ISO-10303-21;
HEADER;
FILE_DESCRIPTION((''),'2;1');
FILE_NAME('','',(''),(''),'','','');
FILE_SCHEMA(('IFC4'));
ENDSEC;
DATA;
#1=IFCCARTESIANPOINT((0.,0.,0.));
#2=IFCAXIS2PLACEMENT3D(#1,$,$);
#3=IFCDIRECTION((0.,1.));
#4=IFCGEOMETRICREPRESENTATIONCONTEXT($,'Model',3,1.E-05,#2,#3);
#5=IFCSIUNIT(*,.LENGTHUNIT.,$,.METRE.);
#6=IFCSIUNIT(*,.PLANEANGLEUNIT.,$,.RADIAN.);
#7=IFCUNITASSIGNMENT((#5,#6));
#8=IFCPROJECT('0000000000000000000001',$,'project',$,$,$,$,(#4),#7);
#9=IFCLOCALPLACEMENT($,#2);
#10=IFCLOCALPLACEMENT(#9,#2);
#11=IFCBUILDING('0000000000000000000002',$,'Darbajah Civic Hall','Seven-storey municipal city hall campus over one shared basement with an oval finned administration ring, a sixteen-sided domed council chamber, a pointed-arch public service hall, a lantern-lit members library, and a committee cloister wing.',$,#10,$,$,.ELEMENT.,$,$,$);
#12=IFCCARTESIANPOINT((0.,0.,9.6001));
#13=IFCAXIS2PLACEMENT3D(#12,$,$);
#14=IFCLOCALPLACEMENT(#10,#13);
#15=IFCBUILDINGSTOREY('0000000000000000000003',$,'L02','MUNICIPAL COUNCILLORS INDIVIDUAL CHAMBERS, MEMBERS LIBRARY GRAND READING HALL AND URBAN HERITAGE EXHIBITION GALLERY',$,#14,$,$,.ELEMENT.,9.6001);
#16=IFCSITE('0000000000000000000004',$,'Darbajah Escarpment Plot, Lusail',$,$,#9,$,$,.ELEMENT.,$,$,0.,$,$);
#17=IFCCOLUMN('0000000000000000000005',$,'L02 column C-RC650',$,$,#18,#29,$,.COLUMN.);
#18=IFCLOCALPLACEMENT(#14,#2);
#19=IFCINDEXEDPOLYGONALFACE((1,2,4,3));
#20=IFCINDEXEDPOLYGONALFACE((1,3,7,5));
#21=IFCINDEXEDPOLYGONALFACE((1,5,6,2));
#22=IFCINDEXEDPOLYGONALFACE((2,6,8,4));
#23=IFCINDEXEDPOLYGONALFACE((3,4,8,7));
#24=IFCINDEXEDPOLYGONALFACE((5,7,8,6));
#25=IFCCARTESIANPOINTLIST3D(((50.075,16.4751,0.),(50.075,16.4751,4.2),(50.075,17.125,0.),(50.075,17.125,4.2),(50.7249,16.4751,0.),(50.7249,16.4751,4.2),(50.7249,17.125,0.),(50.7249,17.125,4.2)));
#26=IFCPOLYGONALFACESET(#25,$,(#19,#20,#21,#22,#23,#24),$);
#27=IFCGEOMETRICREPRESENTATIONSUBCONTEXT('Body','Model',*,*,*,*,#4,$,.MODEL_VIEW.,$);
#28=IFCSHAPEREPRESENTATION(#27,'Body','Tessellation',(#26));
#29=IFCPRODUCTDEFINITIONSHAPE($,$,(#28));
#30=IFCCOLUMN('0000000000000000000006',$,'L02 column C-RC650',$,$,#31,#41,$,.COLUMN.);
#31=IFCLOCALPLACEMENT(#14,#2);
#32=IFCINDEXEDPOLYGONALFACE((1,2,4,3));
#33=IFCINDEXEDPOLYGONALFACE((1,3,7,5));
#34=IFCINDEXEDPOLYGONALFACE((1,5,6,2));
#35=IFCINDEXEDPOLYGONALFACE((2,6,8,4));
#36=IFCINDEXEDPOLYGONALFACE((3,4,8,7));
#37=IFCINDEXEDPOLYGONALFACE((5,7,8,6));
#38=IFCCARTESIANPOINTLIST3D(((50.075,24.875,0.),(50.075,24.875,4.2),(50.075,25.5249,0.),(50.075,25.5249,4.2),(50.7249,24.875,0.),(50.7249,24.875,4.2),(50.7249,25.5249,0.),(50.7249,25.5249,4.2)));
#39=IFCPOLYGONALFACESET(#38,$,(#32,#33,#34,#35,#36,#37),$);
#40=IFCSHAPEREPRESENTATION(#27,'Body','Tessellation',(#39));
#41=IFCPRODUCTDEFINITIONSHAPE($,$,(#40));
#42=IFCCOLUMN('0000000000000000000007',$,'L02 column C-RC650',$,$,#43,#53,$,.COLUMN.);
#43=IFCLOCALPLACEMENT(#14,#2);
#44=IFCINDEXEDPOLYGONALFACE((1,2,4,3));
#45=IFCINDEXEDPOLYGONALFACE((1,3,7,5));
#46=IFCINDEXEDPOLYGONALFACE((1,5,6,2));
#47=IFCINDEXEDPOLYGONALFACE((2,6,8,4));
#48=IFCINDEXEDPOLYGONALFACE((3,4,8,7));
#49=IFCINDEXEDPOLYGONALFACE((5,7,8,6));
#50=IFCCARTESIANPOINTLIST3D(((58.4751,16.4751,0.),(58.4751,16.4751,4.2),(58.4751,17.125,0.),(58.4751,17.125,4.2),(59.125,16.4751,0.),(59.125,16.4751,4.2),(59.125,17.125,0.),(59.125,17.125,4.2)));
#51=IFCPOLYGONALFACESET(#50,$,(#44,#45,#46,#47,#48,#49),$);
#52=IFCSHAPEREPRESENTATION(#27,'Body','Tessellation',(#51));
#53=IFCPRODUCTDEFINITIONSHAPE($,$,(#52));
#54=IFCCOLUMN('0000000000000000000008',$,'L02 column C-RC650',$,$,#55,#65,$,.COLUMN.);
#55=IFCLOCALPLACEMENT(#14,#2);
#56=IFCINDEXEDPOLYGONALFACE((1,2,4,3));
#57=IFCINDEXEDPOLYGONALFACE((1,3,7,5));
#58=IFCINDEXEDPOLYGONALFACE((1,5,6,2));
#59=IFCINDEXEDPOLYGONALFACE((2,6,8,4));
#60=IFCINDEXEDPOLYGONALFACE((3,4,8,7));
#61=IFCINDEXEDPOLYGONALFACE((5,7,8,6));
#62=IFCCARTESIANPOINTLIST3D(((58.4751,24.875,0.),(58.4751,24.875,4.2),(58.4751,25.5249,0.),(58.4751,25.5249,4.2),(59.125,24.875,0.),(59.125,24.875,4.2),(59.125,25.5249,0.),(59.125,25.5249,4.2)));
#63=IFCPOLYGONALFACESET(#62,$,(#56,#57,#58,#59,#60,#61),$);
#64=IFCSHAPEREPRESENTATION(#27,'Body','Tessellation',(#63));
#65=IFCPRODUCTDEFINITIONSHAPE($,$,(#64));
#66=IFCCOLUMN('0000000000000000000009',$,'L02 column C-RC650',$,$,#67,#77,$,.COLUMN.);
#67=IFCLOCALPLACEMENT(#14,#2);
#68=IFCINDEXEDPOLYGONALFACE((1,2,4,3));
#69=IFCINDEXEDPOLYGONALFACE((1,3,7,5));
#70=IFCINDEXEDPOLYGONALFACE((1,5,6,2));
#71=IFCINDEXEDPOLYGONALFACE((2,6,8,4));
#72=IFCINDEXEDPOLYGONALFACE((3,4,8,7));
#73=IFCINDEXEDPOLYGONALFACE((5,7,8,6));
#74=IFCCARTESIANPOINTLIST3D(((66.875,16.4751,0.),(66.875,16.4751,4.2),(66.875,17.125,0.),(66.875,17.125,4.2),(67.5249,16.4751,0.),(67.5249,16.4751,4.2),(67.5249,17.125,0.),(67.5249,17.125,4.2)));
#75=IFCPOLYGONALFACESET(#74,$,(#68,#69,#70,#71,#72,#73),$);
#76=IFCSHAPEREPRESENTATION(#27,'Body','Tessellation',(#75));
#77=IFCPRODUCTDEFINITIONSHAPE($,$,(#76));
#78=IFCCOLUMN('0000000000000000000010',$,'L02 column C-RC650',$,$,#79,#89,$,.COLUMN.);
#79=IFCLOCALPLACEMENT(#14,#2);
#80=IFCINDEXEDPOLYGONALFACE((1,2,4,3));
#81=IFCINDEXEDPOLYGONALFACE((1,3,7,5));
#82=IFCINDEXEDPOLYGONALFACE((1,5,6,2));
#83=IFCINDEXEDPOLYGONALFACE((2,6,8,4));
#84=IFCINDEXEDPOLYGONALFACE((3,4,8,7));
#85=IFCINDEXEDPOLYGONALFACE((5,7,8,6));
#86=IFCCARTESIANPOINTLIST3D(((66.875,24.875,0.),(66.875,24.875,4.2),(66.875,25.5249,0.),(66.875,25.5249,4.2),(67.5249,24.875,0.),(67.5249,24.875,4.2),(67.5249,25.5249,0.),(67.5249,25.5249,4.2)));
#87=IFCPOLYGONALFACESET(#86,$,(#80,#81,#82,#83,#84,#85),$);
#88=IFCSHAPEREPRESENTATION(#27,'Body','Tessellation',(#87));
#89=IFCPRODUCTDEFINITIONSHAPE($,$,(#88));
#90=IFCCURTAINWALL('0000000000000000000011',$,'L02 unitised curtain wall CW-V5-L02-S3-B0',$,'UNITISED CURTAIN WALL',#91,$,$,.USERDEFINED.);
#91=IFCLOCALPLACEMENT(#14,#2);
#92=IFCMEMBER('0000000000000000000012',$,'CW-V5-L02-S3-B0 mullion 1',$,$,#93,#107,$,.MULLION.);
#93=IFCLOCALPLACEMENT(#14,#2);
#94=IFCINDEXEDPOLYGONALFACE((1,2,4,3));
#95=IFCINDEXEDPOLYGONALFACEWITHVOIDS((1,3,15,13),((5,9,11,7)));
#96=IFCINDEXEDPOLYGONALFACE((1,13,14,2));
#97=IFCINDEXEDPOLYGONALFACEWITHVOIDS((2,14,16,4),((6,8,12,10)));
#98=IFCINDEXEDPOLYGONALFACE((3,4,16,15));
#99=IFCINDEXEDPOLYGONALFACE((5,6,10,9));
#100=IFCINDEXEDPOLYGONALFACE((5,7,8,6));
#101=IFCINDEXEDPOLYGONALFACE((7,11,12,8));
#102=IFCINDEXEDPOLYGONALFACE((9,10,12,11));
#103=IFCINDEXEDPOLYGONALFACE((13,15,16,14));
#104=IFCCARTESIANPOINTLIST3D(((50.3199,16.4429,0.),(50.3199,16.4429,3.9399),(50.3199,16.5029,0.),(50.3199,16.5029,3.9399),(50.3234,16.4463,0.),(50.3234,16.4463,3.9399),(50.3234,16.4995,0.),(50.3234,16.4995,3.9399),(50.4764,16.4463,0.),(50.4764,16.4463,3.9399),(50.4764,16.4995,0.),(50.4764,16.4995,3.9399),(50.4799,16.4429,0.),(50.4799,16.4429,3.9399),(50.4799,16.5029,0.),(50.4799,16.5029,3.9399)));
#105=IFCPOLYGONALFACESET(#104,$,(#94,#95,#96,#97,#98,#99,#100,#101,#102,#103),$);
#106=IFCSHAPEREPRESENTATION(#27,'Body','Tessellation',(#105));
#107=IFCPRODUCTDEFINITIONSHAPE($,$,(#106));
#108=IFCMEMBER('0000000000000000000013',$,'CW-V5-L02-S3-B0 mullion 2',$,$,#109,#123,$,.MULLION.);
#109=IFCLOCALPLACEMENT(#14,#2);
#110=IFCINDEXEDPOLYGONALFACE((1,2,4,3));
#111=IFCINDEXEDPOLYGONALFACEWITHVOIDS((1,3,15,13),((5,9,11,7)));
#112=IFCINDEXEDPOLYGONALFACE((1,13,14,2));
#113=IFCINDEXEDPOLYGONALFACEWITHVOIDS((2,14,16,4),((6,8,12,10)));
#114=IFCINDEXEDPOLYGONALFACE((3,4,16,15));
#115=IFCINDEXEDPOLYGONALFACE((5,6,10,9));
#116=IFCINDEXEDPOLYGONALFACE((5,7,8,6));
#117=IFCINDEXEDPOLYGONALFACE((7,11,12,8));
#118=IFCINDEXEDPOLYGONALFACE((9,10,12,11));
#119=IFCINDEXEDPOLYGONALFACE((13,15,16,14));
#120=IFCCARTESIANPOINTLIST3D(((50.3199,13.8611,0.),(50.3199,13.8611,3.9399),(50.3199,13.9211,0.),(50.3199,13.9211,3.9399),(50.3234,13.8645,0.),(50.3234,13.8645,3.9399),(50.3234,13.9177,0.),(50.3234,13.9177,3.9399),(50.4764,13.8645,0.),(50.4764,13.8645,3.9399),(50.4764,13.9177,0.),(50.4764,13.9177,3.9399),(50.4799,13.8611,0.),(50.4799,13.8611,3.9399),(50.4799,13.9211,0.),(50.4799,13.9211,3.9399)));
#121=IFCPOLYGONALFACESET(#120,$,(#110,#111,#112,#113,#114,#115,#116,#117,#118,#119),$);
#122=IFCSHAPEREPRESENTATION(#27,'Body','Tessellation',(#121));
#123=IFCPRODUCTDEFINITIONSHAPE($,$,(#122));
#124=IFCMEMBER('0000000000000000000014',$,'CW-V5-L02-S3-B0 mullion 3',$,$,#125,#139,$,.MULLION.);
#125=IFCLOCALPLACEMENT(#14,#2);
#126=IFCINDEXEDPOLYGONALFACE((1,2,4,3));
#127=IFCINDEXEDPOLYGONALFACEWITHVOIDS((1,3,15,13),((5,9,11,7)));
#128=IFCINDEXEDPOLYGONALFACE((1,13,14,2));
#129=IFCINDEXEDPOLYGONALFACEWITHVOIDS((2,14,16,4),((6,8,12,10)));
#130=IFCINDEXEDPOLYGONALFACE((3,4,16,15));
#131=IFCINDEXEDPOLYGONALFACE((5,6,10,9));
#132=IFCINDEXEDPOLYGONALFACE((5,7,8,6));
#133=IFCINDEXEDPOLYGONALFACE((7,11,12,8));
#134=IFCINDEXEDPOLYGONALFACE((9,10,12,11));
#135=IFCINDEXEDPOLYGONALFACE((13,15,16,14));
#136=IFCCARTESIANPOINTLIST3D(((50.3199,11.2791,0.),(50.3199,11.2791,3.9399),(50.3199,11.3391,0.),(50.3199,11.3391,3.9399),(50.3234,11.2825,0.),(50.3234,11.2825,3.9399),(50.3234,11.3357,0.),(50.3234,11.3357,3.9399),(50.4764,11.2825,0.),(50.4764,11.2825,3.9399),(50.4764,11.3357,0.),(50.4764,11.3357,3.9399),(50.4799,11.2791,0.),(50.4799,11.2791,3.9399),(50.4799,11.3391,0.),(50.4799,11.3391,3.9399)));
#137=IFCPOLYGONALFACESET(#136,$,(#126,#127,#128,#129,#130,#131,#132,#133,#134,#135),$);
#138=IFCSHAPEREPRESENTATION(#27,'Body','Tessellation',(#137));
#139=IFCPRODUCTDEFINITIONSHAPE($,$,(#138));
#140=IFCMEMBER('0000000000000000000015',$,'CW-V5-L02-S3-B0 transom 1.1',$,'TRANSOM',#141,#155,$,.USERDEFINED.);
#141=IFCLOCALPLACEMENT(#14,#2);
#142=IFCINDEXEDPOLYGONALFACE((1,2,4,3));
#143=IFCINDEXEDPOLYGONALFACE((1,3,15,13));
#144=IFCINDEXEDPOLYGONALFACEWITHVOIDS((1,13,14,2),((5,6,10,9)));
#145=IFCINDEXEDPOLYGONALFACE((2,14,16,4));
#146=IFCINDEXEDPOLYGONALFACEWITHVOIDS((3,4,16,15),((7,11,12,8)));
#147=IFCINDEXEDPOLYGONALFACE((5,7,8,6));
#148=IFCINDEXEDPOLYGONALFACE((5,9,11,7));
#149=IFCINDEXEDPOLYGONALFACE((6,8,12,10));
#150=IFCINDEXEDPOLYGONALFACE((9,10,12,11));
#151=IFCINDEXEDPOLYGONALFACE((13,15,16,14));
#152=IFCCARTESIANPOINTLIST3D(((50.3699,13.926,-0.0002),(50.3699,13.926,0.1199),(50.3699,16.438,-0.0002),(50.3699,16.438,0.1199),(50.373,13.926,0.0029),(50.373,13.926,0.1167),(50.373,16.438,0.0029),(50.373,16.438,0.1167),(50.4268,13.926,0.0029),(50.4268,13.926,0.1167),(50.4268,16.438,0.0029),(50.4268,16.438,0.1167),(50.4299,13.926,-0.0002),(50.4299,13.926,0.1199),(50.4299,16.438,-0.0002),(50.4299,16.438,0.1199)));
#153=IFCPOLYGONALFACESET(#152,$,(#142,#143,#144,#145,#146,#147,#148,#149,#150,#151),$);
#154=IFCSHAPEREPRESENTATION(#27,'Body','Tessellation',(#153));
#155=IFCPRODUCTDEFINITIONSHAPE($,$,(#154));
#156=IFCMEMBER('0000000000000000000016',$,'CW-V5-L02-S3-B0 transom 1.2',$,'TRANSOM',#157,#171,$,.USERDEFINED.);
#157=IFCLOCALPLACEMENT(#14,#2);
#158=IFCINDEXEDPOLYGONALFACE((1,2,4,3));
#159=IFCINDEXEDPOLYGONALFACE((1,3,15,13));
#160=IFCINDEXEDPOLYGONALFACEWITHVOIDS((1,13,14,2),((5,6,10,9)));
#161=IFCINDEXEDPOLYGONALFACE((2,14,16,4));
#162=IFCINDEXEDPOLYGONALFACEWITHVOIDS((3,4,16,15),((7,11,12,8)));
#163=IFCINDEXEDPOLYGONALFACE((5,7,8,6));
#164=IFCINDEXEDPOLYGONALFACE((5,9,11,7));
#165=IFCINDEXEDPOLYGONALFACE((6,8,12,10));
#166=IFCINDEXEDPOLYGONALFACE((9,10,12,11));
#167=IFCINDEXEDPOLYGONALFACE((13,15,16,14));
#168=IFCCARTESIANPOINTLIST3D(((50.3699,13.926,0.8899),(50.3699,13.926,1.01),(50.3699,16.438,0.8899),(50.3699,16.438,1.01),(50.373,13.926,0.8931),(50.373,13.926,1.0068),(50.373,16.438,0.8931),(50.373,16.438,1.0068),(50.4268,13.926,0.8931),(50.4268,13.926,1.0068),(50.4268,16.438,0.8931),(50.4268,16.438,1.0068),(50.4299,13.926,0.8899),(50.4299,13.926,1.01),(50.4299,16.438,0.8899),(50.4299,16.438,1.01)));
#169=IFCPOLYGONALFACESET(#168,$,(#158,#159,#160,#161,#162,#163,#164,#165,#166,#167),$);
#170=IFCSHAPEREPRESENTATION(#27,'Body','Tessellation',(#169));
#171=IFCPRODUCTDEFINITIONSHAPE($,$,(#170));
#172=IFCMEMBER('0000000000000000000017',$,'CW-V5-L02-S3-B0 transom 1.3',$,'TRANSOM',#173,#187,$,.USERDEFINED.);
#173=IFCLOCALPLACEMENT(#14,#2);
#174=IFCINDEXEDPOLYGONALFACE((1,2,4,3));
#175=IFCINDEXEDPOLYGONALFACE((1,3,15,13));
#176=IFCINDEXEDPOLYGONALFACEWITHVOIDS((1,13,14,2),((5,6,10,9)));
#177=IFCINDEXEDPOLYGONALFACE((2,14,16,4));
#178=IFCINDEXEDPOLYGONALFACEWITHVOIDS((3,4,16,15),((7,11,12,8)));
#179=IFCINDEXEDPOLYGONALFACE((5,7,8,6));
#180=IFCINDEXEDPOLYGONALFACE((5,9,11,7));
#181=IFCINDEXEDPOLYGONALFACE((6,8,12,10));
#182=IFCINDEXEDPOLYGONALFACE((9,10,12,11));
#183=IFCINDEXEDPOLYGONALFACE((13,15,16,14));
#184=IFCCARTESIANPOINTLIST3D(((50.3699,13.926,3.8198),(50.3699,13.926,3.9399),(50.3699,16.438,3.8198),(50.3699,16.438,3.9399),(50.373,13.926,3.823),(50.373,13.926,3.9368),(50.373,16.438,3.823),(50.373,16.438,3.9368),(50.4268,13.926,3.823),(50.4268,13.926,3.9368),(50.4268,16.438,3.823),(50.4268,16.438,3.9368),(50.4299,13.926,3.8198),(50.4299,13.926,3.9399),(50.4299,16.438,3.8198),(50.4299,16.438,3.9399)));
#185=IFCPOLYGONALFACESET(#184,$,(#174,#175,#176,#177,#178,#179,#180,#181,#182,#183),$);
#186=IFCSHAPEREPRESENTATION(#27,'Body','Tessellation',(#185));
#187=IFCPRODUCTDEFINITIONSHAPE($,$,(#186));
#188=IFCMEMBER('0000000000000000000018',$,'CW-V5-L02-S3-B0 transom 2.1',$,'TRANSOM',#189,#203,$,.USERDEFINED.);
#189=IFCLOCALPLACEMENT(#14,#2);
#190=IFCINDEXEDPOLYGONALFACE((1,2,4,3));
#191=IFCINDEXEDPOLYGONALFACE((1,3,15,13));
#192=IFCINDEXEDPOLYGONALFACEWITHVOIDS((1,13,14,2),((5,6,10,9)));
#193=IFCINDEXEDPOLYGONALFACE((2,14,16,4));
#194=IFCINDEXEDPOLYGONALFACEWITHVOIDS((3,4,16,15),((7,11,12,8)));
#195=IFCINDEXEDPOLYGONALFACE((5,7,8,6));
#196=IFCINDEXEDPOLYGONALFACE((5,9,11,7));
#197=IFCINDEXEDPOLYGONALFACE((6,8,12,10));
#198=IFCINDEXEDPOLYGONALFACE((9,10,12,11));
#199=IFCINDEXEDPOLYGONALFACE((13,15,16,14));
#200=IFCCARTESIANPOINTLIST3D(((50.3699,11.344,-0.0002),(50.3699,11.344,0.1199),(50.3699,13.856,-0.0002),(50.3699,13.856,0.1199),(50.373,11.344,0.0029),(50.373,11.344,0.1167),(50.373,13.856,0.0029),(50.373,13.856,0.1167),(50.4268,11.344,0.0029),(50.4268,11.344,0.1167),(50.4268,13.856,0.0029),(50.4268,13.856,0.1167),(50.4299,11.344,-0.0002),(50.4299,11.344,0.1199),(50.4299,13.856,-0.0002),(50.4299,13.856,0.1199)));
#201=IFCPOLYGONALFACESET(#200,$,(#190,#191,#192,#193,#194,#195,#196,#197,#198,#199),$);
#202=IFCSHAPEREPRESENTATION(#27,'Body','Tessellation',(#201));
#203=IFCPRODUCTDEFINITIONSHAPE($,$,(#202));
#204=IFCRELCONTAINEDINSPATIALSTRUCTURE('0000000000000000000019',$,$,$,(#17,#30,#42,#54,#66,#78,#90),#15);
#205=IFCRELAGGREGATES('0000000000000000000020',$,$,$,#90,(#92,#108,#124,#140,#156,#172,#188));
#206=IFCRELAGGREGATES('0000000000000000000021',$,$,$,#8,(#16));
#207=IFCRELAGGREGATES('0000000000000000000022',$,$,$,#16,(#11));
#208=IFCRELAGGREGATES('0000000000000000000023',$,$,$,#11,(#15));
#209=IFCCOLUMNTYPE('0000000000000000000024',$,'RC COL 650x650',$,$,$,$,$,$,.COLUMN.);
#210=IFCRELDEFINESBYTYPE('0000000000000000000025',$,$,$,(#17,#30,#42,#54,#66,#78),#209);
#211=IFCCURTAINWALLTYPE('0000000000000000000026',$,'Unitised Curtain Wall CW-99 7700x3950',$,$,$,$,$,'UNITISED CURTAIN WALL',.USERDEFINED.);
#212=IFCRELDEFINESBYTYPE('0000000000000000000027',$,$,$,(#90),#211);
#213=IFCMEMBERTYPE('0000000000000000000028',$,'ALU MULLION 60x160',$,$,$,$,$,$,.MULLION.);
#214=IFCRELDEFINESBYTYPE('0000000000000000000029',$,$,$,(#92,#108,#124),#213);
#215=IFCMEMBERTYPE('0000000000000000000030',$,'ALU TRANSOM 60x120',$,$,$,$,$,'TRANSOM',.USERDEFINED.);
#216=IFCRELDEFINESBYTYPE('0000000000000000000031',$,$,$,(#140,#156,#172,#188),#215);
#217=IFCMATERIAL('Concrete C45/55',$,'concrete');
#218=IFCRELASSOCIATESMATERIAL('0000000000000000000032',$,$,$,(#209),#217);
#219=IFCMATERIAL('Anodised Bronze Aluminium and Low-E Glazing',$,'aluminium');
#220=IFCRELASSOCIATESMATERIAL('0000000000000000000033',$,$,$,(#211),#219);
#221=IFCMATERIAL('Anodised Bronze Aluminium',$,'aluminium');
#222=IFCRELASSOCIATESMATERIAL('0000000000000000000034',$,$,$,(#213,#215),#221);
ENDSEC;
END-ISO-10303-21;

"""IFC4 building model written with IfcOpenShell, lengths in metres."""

from ifc_helpers import new_model, si_unit, direction, frame, origin, origin_2d, place, context, subcontext, project, spatial, rectangle, hollow_rectangle, extrude, material, material_profile, profile_set, type_object, element, aggregate, save


model = new_model("IFC4")

# Units and contexts
model_context = context("Model", 3, precision=1e-05, world=origin(), true_north=direction((0.0, 1.0)))
body_context = subcontext(model_context, "Body", "Model", "MODEL_VIEW")
ifc_project = project(units=[si_unit("LENGTHUNIT", "METRE"), si_unit("PLANEANGLEUNIT", "RADIAN")], contexts=[model_context])

# Site, building, storey
site_placement = place(None, origin())
site = spatial("IfcSite", under=ifc_project, at=site_placement, Name="Darbajah Escarpment Plot, Lusail", CompositionType="ELEMENT", RefElevation=0.0)
building_placement = place(site_placement, origin())
building = spatial("IfcBuilding", under=site, at=building_placement, Name="Darbajah Civic Hall", Description="Seven-storey municipal city hall campus over one shared basement with an oval finned administration ring, a sixteen-sided domed council chamber, a pointed-arch public service hall, a lantern-lit members library, and a committee cloister wing.", CompositionType="ELEMENT")
storey_placement = place(building_placement, frame((0.0, 0.0, 9.6001)))
storey = spatial("IfcBuildingStorey", under=building, at=storey_placement, Name="L02", Description="MUNICIPAL COUNCILLORS INDIVIDUAL CHAMBERS, MEMBERS LIBRARY GRAND READING HALL AND URBAN HERITAGE EXHIBITION GALLERY", CompositionType="ELEMENT", Elevation=9.6001)

# Columns
ifc_material_1 = material(Name="Concrete C45/55", Category="concrete")
ifc_material_profile_1 = material_profile(ifc_material_1, rectangle(XDim=0.6499, YDim=0.6499, at=origin_2d()), Name="RC COL 650x650")
ifc_profile_set_1 = profile_set([ifc_material_profile_1], Name="Concrete C45/55")
column_type = type_object("IfcColumnType", Name="RC COL 650x650", PredefinedType="COLUMN", material=ifc_profile_set_1)
for number, where, z_axis, x_axis, name in (
    (1, (50.3999, 16.8, 0.0), (0.0, 0.0, 1.0), (1.0, 0.0, 0.0), "L02 column C-RC650"),
    (2, (50.3999, 25.2, 0.0), (0.0, 0.0, 1.0), (1.0, 0.0, 0.0), "L02 column C-RC650"),
    (3, (58.8, 16.8, 0.0), (0.0, 0.0, 1.0), (1.0, 0.0, 0.0), "L02 column C-RC650"),
    (4, (58.8, 25.2, 0.0), (0.0, 0.0, 1.0), (1.0, 0.0, 0.0), "L02 column C-RC650"),
    (5, (67.2, 16.8, 0.0), (0.0, 0.0, 1.0), (1.0, 0.0, 0.0), "L02 column C-RC650"),
    (6, (67.2, 25.2, 0.0), (0.0, 0.0, 1.0), (1.0, 0.0, 0.0), "L02 column C-RC650"),
):
    element("IfcColumn", number, at=place(storey_placement, frame(where, z_axis=z_axis, x_axis=x_axis)), inside=storey, type_object=column_type, Name=name, PredefinedType="COLUMN", context=body_context, shape_type="SweptSolid", body=[
        extrude(rectangle(XDim=0.6499, YDim=0.6499, at=origin_2d()), origin(), (0.0, 0.0, 1.0), 4.2),
    ])

# Curtain wall, members
ifc_material_2 = material(Name="Anodised Bronze Aluminium and Low-E Glazing", Category="aluminium")
curtain_wall_type = type_object("IfcCurtainWallType", Name="Unitised Curtain Wall CW-99 7700x3950", ElementType="UNITISED CURTAIN WALL", PredefinedType="USERDEFINED", material=ifc_material_2)
curtain_wall_placement = place(storey_placement, origin())
curtain_wall = element("IfcCurtainWall", 7, at=curtain_wall_placement, inside=storey, type_object=curtain_wall_type, Name="L02 unitised curtain wall CW-V5-L02-S3-B0", ObjectType="UNITISED CURTAIN WALL", PredefinedType="USERDEFINED")
ifc_material_3 = material(Name="Anodised Bronze Aluminium", Category="aluminium")
ifc_material_profile_2 = material_profile(ifc_material_3, hollow_rectangle(XDim=0.0601, YDim=0.1599, WallThickness=0.0034, at=origin_2d()), Name="ALU MULLION 60x160")
ifc_profile_set_2 = profile_set([ifc_material_profile_2], Name="Anodised Bronze Aluminium")
member_type_1 = type_object("IfcMemberType", Name="ALU MULLION 60x160", PredefinedType="MULLION", material=ifc_profile_set_2)
member_1_placement = place(storey_placement, frame((50.3999, 16.4729, 0.0), z_axis=(0.0, 0.0, 1.0), x_axis=(0.0, -1.0, 0.0)))
member_1 = element("IfcMember", 8, at=member_1_placement, type_object=member_type_1, Name="CW-V5-L02-S3-B0 mullion 1", PredefinedType="MULLION", context=body_context, shape_type="SweptSolid", body=[
    extrude(hollow_rectangle(XDim=0.0601, YDim=0.1599, WallThickness=0.0034, at=origin_2d()), origin(), (0.0, 0.0, 1.0), 3.9399),
])
member_2_placement = place(storey_placement, frame((50.3999, 13.8911, 0.0), z_axis=(0.0, 0.0, 1.0), x_axis=(0.0, -1.0, 0.0)))
member_2 = element("IfcMember", 9, at=member_2_placement, type_object=member_type_1, Name="CW-V5-L02-S3-B0 mullion 2", PredefinedType="MULLION", context=body_context, shape_type="SweptSolid", body=[
    extrude(hollow_rectangle(XDim=0.0601, YDim=0.1599, WallThickness=0.0034, at=origin_2d()), origin(), (0.0, 0.0, 1.0), 3.9399),
])
member_3_placement = place(storey_placement, frame((50.3999, 11.3091, 0.0), z_axis=(0.0, 0.0, 1.0), x_axis=(0.0, -1.0, 0.0)))
member_3 = element("IfcMember", 10, at=member_3_placement, type_object=member_type_1, Name="CW-V5-L02-S3-B0 mullion 3", PredefinedType="MULLION", context=body_context, shape_type="SweptSolid", body=[
    extrude(hollow_rectangle(XDim=0.0601, YDim=0.1599, WallThickness=0.0034, at=origin_2d()), origin(), (0.0, 0.0, 1.0), 3.9399),
])
ifc_material_profile_3 = material_profile(ifc_material_3, hollow_rectangle(XDim=0.0601, YDim=0.1201, WallThickness=0.0032, at=origin_2d()), Name="ALU TRANSOM 60x120")
ifc_profile_set_3 = profile_set([ifc_material_profile_3], Name="Anodised Bronze Aluminium")
member_type_2 = type_object("IfcMemberType", Name="ALU TRANSOM 60x120", ElementType="TRANSOM", PredefinedType="USERDEFINED", material=ifc_profile_set_3)
member_4_placement = place(storey_placement, frame((50.3999, 16.438, 0.0598), z_axis=(0.0, -1.0, 0.0), x_axis=(1.0, 0.0, 0.0)))
member_4 = element("IfcMember", 11, at=member_4_placement, type_object=member_type_2, Name="CW-V5-L02-S3-B0 transom 1.1", ObjectType="TRANSOM", PredefinedType="USERDEFINED", context=body_context, shape_type="SweptSolid", body=[
    extrude(hollow_rectangle(XDim=0.0601, YDim=0.1201, WallThickness=0.0032, at=origin_2d()), origin(), (0.0, 0.0, 1.0), 2.512),
])
member_5_placement = place(storey_placement, frame((50.3999, 16.438, 0.95), z_axis=(0.0, -1.0, 0.0), x_axis=(1.0, 0.0, 0.0)))
member_5 = element("IfcMember", 12, at=member_5_placement, type_object=member_type_2, Name="CW-V5-L02-S3-B0 transom 1.2", ObjectType="TRANSOM", PredefinedType="USERDEFINED", context=body_context, shape_type="SweptSolid", body=[
    extrude(hollow_rectangle(XDim=0.0601, YDim=0.1201, WallThickness=0.0032, at=origin_2d()), origin(), (0.0, 0.0, 1.0), 2.512),
])
member_6_placement = place(storey_placement, frame((50.3999, 16.438, 3.8799), z_axis=(0.0, -1.0, 0.0), x_axis=(1.0, 0.0, 0.0)))
member_6 = element("IfcMember", 13, at=member_6_placement, type_object=member_type_2, Name="CW-V5-L02-S3-B0 transom 1.3", ObjectType="TRANSOM", PredefinedType="USERDEFINED", context=body_context, shape_type="SweptSolid", body=[
    extrude(hollow_rectangle(XDim=0.0601, YDim=0.1201, WallThickness=0.0032, at=origin_2d()), origin(), (0.0, 0.0, 1.0), 2.512),
])
member_7_placement = place(storey_placement, frame((50.3999, 13.856, 0.0598), z_axis=(0.0, -1.0, 0.0), x_axis=(1.0, 0.0, 0.0)))
member_7 = element("IfcMember", 14, at=member_7_placement, type_object=member_type_2, Name="CW-V5-L02-S3-B0 transom 2.1", ObjectType="TRANSOM", PredefinedType="USERDEFINED", context=body_context, shape_type="SweptSolid", body=[
    extrude(hollow_rectangle(XDim=0.0601, YDim=0.1201, WallThickness=0.0032, at=origin_2d()), origin(), (0.0, 0.0, 1.0), 2.512),
])

aggregate(curtain_wall, [member_1, member_2, member_3, member_4, member_5, member_6, member_7])

save(model, "model.ifc")
